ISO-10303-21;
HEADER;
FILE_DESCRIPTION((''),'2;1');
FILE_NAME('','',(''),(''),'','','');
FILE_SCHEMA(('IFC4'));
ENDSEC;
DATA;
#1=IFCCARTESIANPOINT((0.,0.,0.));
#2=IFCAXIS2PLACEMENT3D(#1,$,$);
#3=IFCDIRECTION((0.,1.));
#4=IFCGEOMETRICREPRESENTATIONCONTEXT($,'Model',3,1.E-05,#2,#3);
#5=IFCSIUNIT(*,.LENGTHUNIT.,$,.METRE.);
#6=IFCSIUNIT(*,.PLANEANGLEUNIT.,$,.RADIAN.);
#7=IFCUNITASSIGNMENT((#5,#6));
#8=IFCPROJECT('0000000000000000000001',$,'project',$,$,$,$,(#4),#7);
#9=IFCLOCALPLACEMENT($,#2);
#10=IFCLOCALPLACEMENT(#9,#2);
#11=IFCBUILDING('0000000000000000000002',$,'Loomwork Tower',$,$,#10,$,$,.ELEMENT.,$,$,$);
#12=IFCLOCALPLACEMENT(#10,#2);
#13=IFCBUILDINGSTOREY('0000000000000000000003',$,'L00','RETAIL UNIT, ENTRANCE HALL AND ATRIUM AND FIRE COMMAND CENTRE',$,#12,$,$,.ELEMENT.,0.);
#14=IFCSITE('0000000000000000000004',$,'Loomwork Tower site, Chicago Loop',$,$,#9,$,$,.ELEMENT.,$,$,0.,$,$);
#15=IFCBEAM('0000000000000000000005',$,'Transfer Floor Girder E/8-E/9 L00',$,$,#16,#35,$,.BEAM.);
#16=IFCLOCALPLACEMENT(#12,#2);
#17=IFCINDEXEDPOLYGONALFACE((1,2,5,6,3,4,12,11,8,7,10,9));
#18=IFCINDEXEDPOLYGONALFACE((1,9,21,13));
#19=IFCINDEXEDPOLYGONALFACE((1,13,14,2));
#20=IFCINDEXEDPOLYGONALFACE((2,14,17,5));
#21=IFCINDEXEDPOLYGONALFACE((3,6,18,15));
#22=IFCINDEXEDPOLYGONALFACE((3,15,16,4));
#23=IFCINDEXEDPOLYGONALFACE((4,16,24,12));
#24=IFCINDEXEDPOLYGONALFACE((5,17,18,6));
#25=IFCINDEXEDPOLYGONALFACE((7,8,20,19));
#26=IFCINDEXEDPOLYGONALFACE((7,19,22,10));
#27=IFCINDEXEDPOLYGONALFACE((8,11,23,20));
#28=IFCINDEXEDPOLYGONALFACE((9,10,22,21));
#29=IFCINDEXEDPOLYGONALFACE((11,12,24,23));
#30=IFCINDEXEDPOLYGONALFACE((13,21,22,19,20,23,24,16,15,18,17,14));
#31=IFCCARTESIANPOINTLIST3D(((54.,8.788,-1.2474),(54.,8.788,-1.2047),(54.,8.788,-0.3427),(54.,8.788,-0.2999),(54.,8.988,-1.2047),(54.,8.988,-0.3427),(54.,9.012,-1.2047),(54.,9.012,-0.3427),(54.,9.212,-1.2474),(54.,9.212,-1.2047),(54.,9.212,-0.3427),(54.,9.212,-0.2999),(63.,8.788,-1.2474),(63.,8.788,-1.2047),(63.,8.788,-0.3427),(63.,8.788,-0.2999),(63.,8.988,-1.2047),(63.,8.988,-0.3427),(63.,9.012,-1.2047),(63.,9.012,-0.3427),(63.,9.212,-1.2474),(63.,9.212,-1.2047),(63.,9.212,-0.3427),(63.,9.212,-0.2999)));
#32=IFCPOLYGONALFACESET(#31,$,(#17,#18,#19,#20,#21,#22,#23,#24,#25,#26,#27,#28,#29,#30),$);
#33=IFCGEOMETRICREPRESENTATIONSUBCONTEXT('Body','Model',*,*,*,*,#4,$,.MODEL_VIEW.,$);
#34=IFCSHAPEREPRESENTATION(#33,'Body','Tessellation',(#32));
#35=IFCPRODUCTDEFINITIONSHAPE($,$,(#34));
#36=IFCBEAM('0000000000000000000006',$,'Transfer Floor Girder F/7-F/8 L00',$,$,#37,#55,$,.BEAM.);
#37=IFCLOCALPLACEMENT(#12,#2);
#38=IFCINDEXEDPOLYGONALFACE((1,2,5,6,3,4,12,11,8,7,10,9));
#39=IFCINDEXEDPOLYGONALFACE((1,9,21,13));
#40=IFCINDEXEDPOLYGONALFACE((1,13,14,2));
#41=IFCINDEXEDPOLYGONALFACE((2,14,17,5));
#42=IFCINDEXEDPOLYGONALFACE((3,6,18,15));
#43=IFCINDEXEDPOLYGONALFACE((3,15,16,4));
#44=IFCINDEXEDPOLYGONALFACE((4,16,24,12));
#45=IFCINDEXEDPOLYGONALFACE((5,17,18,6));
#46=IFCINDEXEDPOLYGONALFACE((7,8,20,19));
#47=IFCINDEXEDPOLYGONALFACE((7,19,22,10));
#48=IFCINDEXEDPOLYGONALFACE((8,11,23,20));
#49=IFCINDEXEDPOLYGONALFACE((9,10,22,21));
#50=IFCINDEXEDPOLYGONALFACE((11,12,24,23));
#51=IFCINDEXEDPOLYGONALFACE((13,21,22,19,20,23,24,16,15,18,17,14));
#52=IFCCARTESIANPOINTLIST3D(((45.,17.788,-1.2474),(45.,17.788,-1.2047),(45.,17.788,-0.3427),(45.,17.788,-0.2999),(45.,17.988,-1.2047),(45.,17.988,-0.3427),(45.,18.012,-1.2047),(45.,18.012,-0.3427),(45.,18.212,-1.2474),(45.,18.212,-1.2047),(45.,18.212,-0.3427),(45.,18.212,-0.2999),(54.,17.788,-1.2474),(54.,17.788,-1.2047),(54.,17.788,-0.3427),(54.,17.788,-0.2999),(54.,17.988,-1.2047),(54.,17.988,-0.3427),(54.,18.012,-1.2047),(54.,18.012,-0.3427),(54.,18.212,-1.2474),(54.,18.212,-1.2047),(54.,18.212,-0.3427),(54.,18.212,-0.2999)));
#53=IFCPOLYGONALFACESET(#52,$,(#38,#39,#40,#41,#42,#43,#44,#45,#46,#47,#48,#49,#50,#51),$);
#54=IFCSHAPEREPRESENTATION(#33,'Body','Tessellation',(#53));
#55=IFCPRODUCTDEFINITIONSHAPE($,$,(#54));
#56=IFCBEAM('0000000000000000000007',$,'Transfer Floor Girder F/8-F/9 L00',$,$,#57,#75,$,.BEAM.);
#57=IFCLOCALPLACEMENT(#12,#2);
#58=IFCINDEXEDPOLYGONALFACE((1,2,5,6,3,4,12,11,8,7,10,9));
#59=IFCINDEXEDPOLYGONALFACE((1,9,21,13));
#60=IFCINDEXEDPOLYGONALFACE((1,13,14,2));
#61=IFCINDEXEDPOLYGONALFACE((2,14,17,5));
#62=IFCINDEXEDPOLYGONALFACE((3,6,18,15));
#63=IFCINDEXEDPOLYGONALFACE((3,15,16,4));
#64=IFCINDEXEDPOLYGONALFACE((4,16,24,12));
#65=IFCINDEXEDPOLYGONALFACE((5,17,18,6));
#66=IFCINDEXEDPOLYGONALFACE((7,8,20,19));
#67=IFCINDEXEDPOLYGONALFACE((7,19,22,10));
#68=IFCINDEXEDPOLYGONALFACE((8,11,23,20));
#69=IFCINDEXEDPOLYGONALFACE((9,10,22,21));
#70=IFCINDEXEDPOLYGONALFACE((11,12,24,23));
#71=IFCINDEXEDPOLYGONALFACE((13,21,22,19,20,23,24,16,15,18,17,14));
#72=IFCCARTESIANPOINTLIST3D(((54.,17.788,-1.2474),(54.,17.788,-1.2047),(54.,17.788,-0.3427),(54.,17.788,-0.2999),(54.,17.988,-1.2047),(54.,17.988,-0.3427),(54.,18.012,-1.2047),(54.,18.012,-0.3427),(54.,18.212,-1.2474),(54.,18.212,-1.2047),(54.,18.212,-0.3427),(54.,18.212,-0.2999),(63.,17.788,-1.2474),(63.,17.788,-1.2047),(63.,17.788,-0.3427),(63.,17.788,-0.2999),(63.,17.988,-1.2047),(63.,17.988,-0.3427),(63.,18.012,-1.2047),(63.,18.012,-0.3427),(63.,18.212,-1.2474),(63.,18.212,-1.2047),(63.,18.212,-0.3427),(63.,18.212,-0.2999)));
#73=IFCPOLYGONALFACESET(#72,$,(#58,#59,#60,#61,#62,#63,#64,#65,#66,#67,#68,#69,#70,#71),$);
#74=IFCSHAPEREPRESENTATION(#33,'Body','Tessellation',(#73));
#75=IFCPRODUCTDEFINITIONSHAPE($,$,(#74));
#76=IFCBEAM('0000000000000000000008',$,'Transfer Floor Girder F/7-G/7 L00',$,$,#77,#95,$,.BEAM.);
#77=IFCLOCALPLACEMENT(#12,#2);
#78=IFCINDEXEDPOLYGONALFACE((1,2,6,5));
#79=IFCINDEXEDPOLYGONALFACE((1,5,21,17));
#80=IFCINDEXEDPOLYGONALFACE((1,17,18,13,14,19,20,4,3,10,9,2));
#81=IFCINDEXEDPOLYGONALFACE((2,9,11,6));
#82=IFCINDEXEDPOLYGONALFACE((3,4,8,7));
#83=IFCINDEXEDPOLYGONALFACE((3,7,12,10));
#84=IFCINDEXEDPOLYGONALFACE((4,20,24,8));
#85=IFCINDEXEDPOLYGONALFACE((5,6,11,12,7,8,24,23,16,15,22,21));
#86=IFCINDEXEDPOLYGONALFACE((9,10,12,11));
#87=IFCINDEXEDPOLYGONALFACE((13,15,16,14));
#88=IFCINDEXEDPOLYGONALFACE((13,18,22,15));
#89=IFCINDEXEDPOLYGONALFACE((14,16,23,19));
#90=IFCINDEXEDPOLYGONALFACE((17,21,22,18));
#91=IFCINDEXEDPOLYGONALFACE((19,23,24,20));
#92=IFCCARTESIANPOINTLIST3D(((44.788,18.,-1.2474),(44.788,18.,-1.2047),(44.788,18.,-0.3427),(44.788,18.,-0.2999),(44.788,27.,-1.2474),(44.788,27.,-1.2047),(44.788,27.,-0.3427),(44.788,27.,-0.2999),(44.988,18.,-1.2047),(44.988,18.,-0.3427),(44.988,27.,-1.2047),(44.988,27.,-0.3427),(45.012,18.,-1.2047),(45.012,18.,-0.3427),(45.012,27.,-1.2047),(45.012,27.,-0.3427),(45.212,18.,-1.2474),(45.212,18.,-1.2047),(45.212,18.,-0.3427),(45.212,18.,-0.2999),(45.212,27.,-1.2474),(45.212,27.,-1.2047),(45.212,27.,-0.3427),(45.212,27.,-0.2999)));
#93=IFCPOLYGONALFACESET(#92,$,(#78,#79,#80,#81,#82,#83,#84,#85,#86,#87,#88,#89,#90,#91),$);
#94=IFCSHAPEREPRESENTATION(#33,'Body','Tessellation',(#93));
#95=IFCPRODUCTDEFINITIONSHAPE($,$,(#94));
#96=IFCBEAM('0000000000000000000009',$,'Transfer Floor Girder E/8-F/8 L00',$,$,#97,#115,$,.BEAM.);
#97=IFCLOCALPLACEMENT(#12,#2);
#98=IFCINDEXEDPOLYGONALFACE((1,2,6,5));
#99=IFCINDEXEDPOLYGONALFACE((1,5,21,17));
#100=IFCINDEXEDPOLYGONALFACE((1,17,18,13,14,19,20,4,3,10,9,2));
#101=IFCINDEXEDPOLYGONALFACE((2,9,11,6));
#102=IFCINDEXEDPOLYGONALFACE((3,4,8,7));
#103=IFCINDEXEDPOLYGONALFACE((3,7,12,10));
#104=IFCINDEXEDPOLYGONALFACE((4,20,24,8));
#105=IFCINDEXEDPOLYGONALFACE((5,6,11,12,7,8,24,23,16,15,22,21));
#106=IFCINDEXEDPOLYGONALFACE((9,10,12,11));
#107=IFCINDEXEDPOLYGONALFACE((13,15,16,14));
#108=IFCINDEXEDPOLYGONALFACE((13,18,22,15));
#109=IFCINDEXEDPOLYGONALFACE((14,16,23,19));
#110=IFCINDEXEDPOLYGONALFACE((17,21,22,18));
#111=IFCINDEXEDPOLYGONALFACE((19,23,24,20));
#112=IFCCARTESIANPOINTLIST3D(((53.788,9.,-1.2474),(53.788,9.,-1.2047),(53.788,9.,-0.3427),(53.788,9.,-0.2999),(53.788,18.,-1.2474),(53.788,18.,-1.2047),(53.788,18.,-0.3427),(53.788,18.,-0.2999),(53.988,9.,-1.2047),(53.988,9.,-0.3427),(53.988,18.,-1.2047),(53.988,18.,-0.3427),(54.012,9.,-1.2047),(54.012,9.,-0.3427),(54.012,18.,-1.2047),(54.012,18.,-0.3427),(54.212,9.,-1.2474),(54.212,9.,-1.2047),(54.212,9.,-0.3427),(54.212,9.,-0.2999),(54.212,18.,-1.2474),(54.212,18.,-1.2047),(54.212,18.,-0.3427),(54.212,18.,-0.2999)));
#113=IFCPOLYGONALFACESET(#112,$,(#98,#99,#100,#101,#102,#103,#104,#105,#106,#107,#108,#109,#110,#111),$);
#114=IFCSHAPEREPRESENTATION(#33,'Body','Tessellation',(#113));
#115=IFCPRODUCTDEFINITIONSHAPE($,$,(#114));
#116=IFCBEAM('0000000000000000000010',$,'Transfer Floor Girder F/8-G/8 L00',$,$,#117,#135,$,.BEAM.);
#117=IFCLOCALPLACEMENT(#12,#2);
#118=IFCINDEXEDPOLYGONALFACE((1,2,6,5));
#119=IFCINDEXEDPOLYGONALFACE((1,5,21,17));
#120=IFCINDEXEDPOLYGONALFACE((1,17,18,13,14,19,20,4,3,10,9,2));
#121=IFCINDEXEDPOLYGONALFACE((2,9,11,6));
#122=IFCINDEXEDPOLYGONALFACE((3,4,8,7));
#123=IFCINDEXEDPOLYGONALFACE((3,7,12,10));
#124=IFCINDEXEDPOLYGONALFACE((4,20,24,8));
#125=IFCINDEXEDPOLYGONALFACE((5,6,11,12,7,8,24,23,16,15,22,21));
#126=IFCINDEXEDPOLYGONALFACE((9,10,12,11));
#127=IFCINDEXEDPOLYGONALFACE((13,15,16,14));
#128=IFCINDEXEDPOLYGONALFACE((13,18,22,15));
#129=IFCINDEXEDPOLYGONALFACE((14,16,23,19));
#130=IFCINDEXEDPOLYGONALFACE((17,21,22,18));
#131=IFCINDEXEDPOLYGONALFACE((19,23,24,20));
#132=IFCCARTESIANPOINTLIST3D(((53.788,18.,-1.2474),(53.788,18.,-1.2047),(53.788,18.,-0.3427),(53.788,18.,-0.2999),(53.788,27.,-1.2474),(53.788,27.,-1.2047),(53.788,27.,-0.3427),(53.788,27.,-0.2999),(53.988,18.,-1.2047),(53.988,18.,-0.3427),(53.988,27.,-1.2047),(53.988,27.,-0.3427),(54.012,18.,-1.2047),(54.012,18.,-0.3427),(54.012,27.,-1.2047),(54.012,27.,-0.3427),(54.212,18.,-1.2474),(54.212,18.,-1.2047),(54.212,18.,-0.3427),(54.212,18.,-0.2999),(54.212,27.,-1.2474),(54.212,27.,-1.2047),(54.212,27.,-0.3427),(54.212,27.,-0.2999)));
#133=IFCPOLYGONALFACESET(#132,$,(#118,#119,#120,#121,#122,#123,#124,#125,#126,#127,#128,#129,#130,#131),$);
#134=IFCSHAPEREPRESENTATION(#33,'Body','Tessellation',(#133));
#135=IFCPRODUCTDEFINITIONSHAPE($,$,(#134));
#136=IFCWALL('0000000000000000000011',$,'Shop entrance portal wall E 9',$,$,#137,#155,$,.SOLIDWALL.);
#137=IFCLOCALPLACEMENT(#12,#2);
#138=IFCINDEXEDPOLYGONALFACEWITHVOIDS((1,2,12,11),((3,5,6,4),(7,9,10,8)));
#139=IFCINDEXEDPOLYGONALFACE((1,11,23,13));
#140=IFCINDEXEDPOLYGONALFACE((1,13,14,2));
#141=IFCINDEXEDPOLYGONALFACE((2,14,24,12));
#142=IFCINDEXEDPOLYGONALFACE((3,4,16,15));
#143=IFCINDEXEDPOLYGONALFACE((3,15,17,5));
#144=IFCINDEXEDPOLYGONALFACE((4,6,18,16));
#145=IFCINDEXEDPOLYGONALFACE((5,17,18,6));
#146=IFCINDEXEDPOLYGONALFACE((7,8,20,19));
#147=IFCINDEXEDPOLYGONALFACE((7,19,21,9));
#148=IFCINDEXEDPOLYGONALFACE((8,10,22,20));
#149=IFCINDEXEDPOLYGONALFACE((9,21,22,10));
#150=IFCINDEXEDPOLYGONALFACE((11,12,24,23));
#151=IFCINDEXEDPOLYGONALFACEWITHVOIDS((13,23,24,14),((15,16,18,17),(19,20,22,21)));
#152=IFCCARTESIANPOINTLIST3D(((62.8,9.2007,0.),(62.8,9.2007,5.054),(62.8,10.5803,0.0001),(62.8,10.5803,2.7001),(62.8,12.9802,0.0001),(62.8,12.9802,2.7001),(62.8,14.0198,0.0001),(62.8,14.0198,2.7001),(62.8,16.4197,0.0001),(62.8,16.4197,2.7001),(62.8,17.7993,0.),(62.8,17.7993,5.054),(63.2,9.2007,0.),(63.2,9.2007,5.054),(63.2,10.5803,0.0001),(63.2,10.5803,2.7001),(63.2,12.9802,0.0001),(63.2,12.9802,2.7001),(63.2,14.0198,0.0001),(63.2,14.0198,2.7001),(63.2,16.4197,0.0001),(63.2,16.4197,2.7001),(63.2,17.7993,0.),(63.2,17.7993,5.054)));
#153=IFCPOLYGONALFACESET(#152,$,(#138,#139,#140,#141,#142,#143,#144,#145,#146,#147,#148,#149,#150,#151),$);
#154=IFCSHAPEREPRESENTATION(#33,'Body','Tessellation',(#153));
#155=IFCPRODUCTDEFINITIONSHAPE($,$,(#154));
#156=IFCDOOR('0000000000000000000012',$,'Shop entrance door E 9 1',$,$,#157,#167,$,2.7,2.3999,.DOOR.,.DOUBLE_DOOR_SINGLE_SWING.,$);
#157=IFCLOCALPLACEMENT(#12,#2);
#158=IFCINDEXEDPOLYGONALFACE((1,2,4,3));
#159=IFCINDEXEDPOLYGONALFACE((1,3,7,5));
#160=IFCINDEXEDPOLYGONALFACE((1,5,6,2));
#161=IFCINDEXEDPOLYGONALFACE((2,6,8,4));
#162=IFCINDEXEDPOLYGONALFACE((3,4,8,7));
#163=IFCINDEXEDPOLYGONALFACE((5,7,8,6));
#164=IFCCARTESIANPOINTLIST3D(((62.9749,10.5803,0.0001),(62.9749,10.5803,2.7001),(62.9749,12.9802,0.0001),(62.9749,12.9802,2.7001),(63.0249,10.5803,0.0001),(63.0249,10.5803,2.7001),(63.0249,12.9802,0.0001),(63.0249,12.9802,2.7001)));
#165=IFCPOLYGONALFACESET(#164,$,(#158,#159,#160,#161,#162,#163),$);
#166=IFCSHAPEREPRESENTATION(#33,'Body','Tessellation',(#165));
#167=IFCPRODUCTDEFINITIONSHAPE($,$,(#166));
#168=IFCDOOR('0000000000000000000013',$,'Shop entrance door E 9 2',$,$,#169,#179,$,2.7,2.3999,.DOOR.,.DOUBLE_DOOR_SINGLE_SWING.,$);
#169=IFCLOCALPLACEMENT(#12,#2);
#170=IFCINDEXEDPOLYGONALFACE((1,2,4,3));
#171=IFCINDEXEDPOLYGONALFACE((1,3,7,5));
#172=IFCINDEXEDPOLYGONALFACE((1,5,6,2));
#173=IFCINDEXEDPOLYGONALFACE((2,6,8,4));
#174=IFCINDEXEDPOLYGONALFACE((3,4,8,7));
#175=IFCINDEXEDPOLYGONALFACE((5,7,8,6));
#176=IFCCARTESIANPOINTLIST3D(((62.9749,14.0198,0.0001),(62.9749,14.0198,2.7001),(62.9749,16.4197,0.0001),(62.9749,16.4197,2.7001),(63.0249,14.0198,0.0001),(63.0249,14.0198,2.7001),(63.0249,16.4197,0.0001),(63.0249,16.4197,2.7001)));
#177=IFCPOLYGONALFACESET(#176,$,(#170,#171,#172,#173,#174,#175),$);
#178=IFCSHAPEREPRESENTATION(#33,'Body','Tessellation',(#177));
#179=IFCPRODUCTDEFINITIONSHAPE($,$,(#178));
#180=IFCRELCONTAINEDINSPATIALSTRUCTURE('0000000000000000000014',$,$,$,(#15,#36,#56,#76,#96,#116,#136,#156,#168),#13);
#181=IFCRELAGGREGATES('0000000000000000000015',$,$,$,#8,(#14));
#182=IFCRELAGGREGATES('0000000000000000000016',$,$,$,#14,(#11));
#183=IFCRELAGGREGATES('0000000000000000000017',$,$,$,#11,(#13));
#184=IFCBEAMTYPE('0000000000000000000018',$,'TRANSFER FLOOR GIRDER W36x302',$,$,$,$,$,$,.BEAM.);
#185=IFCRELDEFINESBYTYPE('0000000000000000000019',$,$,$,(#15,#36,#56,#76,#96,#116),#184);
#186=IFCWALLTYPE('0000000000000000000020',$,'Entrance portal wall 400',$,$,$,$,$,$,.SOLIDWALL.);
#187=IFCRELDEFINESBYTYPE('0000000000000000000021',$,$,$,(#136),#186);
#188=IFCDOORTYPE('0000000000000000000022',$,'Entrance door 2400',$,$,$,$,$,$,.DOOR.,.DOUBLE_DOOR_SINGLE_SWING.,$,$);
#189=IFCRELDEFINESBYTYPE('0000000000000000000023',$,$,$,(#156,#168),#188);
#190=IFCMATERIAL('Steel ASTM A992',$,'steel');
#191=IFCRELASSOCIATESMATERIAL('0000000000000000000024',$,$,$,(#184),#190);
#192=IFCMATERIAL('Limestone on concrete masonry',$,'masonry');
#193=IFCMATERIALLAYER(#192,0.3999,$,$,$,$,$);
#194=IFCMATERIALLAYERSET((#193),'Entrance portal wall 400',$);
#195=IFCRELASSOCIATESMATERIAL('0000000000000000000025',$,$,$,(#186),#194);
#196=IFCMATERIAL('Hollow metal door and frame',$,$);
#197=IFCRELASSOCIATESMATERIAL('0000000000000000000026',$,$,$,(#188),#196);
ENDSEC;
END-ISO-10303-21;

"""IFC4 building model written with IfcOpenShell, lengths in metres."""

from ifc_helpers import new_model, si_unit, direction, frame, frame_2d, origin, origin_2d, place, context, subcontext, project, spatial, rectangle, i_section, extrude, material, layer, layer_set, material_profile, profile_set, type_object, element, fill, save


model = new_model("IFC4")

# Units and contexts
model_context = context("Model", 3, precision=1e-05, world=origin(), true_north=direction((0.0, 1.0)))
body_context = subcontext(model_context, "Body", "Model", "MODEL_VIEW")
ifc_project = project(units=[si_unit("LENGTHUNIT", "METRE"), si_unit("PLANEANGLEUNIT", "RADIAN")], contexts=[model_context])

# Site, building, storey
site_placement = place(None, origin())
site = spatial("IfcSite", under=ifc_project, at=site_placement, Name="Loomwork Tower site, Chicago Loop", CompositionType="ELEMENT", RefElevation=0.0)
building_placement = place(site_placement, origin())
building = spatial("IfcBuilding", under=site, at=building_placement, Name="Loomwork Tower", CompositionType="ELEMENT")
storey_placement = place(building_placement, origin())
storey = spatial("IfcBuildingStorey", under=building, at=storey_placement, Name="L00", Description="RETAIL UNIT, ENTRANCE HALL AND ATRIUM AND FIRE COMMAND CENTRE", CompositionType="ELEMENT", Elevation=0.0)

# Beams
ifc_material_1 = material(Name="Steel ASTM A992", Category="steel")
ifc_material_profile_1 = material_profile(ifc_material_1, i_section(OverallWidth=0.4241, OverallDepth=0.9475, WebThickness=0.0239, FlangeThickness=0.0427, at=origin_2d()), Name="W36x302")
ifc_profile_set_1 = profile_set([ifc_material_profile_1], Name="Steel ASTM A992")
beam_type_1 = type_object("IfcBeamType", Name="TRANSFER FLOOR GIRDER W36x302", PredefinedType="BEAM", material=ifc_profile_set_1)
for number, where, z_axis, x_axis, name in (
    (1, (54.0, 9.0, -0.7737), (1.0, 0.0, 0.0), (0.0, 1.0, 0.0), "Transfer Floor Girder E/8-E/9 L00"),
    (2, (45.0, 18.0, -0.7737), (1.0, 0.0, 0.0), (0.0, 1.0, 0.0), "Transfer Floor Girder F/7-F/8 L00"),
    (3, (54.0, 18.0, -0.7737), (1.0, 0.0, 0.0), (0.0, 1.0, 0.0), "Transfer Floor Girder F/8-F/9 L00"),
    (4, (45.0, 18.0, -0.7737), (0.0, 1.0, 0.0), (-1.0, 0.0, 0.0), "Transfer Floor Girder F/7-G/7 L00"),
    (5, (54.0, 9.0, -0.7737), (0.0, 1.0, 0.0), (-1.0, 0.0, 0.0), "Transfer Floor Girder E/8-F/8 L00"),
    (6, (54.0, 18.0, -0.7737), (0.0, 1.0, 0.0), (-1.0, 0.0, 0.0), "Transfer Floor Girder F/8-G/8 L00"),
):
    element("IfcBeam", number, at=place(storey_placement, frame(where, z_axis=z_axis, x_axis=x_axis)), inside=storey, type_object=beam_type_1, Name=name, PredefinedType="BEAM", context=body_context, shape_type="SweptSolid", body=[
        extrude(i_section(OverallWidth=0.4241, OverallDepth=0.9475, WebThickness=0.0239, FlangeThickness=0.0427, at=origin_2d()), origin(), (0.0, 0.0, 1.0), 9.0),
    ])

# Wall, openings, doors
ifc_material_2 = material(Name="Limestone on concrete masonry", Category="masonry")
ifc_layer_1 = layer(ifc_material_2, 0.3999)
ifc_layer_set_1 = layer_set([ifc_layer_1], Name="Entrance portal wall 400")
wall_type_1 = type_object("IfcWallType", Name="Entrance portal wall 400", PredefinedType="SOLIDWALL", material=ifc_layer_set_1)
wall_1_placement = place(storey_placement, frame((63.0, 9.2007, 0.0), z_axis=(0.0, 0.0, 1.0), x_axis=(0.0, 1.0, 0.0)))
wall_1 = element("IfcWall", 7, at=wall_1_placement, inside=storey, type_object=wall_type_1, Name="Shop entrance portal wall E 9", PredefinedType="SOLIDWALL", context=body_context, shape_type="SweptSolid", body=[
    extrude(rectangle(XDim=8.5986, YDim=0.3999, at=frame_2d((4.2993, 0.0))), origin(), (0.0, 0.0, 1.0), 5.054),
])
opening_1_placement = place(wall_1_placement, frame((1.3796, 0.0, 0.0)))
opening_1 = element("IfcOpeningElement", 8, at=opening_1_placement, cuts=wall_1, PredefinedType="OPENING", context=body_context, shape_type="SweptSolid", body=[
    extrude(rectangle(XDim=2.3999, YDim=2.7, at=frame_2d((1.2, 1.3501))), frame((0.0, 0.21, 0.0), z_axis=(0.0, -1.0, 0.0), x_axis=(1.0, 0.0, 0.0)), (0.0, 0.0, 1.0), 0.4199),
])
opening_2_placement = place(wall_1_placement, frame((4.8191, 0.0, 0.0)))
opening_2 = element("IfcOpeningElement", 9, at=opening_2_placement, cuts=wall_1, PredefinedType="OPENING", context=body_context, shape_type="SweptSolid", body=[
    extrude(rectangle(XDim=2.3999, YDim=2.7, at=frame_2d((1.2, 1.3501))), frame((0.0, 0.21, 0.0), z_axis=(0.0, -1.0, 0.0), x_axis=(1.0, 0.0, 0.0)), (0.0, 0.0, 1.0), 0.4199),
])
ifc_material_3 = material(Name="Hollow metal door and frame")
door_type_1 = type_object("IfcDoorType", Name="Entrance door 2400", OperationType="DOUBLE_DOOR_SINGLE_SWING", PredefinedType="DOOR", material=ifc_material_3)
door_1_placement = place(opening_1_placement, frame((2.3999, 0.0, 0.0), z_axis=(0.0, 0.0, 1.0), x_axis=(-1.0, 0.0, 0.0)))
door_1 = element("IfcDoor", 10, at=door_1_placement, inside=storey, type_object=door_type_1, Name="Shop entrance door E 9 1", OperationType="DOUBLE_DOOR_SINGLE_SWING", OverallHeight=2.7, OverallWidth=2.3999, PredefinedType="DOOR", context=body_context, shape_type="SweptSolid", body=[
    extrude(rectangle(XDim=2.3999, YDim=2.7, at=frame_2d((1.2, 1.3501))), frame((0.0, 0.0249, 0.0), z_axis=(0.0, -1.0, 0.0), x_axis=(1.0, 0.0, 0.0)), (0.0, 0.0, 1.0), 0.05),
])
fill(opening_1, door_1)
door_2_placement = place(opening_2_placement, frame((2.3999, 0.0, 0.0), z_axis=(0.0, 0.0, 1.0), x_axis=(-1.0, 0.0, 0.0)))
door_2 = element("IfcDoor", 11, at=door_2_placement, inside=storey, type_object=door_type_1, Name="Shop entrance door E 9 2", OperationType="DOUBLE_DOOR_SINGLE_SWING", OverallHeight=2.7, OverallWidth=2.3999, PredefinedType="DOOR", context=body_context, shape_type="SweptSolid", body=[
    extrude(rectangle(XDim=2.3999, YDim=2.7, at=frame_2d((1.2, 1.3501))), frame((0.0, 0.0249, 0.0), z_axis=(0.0, -1.0, 0.0), x_axis=(1.0, 0.0, 0.0)), (0.0, 0.0, 1.0), 0.05),
])
fill(opening_2, door_2)

save(model, "model.ifc")
